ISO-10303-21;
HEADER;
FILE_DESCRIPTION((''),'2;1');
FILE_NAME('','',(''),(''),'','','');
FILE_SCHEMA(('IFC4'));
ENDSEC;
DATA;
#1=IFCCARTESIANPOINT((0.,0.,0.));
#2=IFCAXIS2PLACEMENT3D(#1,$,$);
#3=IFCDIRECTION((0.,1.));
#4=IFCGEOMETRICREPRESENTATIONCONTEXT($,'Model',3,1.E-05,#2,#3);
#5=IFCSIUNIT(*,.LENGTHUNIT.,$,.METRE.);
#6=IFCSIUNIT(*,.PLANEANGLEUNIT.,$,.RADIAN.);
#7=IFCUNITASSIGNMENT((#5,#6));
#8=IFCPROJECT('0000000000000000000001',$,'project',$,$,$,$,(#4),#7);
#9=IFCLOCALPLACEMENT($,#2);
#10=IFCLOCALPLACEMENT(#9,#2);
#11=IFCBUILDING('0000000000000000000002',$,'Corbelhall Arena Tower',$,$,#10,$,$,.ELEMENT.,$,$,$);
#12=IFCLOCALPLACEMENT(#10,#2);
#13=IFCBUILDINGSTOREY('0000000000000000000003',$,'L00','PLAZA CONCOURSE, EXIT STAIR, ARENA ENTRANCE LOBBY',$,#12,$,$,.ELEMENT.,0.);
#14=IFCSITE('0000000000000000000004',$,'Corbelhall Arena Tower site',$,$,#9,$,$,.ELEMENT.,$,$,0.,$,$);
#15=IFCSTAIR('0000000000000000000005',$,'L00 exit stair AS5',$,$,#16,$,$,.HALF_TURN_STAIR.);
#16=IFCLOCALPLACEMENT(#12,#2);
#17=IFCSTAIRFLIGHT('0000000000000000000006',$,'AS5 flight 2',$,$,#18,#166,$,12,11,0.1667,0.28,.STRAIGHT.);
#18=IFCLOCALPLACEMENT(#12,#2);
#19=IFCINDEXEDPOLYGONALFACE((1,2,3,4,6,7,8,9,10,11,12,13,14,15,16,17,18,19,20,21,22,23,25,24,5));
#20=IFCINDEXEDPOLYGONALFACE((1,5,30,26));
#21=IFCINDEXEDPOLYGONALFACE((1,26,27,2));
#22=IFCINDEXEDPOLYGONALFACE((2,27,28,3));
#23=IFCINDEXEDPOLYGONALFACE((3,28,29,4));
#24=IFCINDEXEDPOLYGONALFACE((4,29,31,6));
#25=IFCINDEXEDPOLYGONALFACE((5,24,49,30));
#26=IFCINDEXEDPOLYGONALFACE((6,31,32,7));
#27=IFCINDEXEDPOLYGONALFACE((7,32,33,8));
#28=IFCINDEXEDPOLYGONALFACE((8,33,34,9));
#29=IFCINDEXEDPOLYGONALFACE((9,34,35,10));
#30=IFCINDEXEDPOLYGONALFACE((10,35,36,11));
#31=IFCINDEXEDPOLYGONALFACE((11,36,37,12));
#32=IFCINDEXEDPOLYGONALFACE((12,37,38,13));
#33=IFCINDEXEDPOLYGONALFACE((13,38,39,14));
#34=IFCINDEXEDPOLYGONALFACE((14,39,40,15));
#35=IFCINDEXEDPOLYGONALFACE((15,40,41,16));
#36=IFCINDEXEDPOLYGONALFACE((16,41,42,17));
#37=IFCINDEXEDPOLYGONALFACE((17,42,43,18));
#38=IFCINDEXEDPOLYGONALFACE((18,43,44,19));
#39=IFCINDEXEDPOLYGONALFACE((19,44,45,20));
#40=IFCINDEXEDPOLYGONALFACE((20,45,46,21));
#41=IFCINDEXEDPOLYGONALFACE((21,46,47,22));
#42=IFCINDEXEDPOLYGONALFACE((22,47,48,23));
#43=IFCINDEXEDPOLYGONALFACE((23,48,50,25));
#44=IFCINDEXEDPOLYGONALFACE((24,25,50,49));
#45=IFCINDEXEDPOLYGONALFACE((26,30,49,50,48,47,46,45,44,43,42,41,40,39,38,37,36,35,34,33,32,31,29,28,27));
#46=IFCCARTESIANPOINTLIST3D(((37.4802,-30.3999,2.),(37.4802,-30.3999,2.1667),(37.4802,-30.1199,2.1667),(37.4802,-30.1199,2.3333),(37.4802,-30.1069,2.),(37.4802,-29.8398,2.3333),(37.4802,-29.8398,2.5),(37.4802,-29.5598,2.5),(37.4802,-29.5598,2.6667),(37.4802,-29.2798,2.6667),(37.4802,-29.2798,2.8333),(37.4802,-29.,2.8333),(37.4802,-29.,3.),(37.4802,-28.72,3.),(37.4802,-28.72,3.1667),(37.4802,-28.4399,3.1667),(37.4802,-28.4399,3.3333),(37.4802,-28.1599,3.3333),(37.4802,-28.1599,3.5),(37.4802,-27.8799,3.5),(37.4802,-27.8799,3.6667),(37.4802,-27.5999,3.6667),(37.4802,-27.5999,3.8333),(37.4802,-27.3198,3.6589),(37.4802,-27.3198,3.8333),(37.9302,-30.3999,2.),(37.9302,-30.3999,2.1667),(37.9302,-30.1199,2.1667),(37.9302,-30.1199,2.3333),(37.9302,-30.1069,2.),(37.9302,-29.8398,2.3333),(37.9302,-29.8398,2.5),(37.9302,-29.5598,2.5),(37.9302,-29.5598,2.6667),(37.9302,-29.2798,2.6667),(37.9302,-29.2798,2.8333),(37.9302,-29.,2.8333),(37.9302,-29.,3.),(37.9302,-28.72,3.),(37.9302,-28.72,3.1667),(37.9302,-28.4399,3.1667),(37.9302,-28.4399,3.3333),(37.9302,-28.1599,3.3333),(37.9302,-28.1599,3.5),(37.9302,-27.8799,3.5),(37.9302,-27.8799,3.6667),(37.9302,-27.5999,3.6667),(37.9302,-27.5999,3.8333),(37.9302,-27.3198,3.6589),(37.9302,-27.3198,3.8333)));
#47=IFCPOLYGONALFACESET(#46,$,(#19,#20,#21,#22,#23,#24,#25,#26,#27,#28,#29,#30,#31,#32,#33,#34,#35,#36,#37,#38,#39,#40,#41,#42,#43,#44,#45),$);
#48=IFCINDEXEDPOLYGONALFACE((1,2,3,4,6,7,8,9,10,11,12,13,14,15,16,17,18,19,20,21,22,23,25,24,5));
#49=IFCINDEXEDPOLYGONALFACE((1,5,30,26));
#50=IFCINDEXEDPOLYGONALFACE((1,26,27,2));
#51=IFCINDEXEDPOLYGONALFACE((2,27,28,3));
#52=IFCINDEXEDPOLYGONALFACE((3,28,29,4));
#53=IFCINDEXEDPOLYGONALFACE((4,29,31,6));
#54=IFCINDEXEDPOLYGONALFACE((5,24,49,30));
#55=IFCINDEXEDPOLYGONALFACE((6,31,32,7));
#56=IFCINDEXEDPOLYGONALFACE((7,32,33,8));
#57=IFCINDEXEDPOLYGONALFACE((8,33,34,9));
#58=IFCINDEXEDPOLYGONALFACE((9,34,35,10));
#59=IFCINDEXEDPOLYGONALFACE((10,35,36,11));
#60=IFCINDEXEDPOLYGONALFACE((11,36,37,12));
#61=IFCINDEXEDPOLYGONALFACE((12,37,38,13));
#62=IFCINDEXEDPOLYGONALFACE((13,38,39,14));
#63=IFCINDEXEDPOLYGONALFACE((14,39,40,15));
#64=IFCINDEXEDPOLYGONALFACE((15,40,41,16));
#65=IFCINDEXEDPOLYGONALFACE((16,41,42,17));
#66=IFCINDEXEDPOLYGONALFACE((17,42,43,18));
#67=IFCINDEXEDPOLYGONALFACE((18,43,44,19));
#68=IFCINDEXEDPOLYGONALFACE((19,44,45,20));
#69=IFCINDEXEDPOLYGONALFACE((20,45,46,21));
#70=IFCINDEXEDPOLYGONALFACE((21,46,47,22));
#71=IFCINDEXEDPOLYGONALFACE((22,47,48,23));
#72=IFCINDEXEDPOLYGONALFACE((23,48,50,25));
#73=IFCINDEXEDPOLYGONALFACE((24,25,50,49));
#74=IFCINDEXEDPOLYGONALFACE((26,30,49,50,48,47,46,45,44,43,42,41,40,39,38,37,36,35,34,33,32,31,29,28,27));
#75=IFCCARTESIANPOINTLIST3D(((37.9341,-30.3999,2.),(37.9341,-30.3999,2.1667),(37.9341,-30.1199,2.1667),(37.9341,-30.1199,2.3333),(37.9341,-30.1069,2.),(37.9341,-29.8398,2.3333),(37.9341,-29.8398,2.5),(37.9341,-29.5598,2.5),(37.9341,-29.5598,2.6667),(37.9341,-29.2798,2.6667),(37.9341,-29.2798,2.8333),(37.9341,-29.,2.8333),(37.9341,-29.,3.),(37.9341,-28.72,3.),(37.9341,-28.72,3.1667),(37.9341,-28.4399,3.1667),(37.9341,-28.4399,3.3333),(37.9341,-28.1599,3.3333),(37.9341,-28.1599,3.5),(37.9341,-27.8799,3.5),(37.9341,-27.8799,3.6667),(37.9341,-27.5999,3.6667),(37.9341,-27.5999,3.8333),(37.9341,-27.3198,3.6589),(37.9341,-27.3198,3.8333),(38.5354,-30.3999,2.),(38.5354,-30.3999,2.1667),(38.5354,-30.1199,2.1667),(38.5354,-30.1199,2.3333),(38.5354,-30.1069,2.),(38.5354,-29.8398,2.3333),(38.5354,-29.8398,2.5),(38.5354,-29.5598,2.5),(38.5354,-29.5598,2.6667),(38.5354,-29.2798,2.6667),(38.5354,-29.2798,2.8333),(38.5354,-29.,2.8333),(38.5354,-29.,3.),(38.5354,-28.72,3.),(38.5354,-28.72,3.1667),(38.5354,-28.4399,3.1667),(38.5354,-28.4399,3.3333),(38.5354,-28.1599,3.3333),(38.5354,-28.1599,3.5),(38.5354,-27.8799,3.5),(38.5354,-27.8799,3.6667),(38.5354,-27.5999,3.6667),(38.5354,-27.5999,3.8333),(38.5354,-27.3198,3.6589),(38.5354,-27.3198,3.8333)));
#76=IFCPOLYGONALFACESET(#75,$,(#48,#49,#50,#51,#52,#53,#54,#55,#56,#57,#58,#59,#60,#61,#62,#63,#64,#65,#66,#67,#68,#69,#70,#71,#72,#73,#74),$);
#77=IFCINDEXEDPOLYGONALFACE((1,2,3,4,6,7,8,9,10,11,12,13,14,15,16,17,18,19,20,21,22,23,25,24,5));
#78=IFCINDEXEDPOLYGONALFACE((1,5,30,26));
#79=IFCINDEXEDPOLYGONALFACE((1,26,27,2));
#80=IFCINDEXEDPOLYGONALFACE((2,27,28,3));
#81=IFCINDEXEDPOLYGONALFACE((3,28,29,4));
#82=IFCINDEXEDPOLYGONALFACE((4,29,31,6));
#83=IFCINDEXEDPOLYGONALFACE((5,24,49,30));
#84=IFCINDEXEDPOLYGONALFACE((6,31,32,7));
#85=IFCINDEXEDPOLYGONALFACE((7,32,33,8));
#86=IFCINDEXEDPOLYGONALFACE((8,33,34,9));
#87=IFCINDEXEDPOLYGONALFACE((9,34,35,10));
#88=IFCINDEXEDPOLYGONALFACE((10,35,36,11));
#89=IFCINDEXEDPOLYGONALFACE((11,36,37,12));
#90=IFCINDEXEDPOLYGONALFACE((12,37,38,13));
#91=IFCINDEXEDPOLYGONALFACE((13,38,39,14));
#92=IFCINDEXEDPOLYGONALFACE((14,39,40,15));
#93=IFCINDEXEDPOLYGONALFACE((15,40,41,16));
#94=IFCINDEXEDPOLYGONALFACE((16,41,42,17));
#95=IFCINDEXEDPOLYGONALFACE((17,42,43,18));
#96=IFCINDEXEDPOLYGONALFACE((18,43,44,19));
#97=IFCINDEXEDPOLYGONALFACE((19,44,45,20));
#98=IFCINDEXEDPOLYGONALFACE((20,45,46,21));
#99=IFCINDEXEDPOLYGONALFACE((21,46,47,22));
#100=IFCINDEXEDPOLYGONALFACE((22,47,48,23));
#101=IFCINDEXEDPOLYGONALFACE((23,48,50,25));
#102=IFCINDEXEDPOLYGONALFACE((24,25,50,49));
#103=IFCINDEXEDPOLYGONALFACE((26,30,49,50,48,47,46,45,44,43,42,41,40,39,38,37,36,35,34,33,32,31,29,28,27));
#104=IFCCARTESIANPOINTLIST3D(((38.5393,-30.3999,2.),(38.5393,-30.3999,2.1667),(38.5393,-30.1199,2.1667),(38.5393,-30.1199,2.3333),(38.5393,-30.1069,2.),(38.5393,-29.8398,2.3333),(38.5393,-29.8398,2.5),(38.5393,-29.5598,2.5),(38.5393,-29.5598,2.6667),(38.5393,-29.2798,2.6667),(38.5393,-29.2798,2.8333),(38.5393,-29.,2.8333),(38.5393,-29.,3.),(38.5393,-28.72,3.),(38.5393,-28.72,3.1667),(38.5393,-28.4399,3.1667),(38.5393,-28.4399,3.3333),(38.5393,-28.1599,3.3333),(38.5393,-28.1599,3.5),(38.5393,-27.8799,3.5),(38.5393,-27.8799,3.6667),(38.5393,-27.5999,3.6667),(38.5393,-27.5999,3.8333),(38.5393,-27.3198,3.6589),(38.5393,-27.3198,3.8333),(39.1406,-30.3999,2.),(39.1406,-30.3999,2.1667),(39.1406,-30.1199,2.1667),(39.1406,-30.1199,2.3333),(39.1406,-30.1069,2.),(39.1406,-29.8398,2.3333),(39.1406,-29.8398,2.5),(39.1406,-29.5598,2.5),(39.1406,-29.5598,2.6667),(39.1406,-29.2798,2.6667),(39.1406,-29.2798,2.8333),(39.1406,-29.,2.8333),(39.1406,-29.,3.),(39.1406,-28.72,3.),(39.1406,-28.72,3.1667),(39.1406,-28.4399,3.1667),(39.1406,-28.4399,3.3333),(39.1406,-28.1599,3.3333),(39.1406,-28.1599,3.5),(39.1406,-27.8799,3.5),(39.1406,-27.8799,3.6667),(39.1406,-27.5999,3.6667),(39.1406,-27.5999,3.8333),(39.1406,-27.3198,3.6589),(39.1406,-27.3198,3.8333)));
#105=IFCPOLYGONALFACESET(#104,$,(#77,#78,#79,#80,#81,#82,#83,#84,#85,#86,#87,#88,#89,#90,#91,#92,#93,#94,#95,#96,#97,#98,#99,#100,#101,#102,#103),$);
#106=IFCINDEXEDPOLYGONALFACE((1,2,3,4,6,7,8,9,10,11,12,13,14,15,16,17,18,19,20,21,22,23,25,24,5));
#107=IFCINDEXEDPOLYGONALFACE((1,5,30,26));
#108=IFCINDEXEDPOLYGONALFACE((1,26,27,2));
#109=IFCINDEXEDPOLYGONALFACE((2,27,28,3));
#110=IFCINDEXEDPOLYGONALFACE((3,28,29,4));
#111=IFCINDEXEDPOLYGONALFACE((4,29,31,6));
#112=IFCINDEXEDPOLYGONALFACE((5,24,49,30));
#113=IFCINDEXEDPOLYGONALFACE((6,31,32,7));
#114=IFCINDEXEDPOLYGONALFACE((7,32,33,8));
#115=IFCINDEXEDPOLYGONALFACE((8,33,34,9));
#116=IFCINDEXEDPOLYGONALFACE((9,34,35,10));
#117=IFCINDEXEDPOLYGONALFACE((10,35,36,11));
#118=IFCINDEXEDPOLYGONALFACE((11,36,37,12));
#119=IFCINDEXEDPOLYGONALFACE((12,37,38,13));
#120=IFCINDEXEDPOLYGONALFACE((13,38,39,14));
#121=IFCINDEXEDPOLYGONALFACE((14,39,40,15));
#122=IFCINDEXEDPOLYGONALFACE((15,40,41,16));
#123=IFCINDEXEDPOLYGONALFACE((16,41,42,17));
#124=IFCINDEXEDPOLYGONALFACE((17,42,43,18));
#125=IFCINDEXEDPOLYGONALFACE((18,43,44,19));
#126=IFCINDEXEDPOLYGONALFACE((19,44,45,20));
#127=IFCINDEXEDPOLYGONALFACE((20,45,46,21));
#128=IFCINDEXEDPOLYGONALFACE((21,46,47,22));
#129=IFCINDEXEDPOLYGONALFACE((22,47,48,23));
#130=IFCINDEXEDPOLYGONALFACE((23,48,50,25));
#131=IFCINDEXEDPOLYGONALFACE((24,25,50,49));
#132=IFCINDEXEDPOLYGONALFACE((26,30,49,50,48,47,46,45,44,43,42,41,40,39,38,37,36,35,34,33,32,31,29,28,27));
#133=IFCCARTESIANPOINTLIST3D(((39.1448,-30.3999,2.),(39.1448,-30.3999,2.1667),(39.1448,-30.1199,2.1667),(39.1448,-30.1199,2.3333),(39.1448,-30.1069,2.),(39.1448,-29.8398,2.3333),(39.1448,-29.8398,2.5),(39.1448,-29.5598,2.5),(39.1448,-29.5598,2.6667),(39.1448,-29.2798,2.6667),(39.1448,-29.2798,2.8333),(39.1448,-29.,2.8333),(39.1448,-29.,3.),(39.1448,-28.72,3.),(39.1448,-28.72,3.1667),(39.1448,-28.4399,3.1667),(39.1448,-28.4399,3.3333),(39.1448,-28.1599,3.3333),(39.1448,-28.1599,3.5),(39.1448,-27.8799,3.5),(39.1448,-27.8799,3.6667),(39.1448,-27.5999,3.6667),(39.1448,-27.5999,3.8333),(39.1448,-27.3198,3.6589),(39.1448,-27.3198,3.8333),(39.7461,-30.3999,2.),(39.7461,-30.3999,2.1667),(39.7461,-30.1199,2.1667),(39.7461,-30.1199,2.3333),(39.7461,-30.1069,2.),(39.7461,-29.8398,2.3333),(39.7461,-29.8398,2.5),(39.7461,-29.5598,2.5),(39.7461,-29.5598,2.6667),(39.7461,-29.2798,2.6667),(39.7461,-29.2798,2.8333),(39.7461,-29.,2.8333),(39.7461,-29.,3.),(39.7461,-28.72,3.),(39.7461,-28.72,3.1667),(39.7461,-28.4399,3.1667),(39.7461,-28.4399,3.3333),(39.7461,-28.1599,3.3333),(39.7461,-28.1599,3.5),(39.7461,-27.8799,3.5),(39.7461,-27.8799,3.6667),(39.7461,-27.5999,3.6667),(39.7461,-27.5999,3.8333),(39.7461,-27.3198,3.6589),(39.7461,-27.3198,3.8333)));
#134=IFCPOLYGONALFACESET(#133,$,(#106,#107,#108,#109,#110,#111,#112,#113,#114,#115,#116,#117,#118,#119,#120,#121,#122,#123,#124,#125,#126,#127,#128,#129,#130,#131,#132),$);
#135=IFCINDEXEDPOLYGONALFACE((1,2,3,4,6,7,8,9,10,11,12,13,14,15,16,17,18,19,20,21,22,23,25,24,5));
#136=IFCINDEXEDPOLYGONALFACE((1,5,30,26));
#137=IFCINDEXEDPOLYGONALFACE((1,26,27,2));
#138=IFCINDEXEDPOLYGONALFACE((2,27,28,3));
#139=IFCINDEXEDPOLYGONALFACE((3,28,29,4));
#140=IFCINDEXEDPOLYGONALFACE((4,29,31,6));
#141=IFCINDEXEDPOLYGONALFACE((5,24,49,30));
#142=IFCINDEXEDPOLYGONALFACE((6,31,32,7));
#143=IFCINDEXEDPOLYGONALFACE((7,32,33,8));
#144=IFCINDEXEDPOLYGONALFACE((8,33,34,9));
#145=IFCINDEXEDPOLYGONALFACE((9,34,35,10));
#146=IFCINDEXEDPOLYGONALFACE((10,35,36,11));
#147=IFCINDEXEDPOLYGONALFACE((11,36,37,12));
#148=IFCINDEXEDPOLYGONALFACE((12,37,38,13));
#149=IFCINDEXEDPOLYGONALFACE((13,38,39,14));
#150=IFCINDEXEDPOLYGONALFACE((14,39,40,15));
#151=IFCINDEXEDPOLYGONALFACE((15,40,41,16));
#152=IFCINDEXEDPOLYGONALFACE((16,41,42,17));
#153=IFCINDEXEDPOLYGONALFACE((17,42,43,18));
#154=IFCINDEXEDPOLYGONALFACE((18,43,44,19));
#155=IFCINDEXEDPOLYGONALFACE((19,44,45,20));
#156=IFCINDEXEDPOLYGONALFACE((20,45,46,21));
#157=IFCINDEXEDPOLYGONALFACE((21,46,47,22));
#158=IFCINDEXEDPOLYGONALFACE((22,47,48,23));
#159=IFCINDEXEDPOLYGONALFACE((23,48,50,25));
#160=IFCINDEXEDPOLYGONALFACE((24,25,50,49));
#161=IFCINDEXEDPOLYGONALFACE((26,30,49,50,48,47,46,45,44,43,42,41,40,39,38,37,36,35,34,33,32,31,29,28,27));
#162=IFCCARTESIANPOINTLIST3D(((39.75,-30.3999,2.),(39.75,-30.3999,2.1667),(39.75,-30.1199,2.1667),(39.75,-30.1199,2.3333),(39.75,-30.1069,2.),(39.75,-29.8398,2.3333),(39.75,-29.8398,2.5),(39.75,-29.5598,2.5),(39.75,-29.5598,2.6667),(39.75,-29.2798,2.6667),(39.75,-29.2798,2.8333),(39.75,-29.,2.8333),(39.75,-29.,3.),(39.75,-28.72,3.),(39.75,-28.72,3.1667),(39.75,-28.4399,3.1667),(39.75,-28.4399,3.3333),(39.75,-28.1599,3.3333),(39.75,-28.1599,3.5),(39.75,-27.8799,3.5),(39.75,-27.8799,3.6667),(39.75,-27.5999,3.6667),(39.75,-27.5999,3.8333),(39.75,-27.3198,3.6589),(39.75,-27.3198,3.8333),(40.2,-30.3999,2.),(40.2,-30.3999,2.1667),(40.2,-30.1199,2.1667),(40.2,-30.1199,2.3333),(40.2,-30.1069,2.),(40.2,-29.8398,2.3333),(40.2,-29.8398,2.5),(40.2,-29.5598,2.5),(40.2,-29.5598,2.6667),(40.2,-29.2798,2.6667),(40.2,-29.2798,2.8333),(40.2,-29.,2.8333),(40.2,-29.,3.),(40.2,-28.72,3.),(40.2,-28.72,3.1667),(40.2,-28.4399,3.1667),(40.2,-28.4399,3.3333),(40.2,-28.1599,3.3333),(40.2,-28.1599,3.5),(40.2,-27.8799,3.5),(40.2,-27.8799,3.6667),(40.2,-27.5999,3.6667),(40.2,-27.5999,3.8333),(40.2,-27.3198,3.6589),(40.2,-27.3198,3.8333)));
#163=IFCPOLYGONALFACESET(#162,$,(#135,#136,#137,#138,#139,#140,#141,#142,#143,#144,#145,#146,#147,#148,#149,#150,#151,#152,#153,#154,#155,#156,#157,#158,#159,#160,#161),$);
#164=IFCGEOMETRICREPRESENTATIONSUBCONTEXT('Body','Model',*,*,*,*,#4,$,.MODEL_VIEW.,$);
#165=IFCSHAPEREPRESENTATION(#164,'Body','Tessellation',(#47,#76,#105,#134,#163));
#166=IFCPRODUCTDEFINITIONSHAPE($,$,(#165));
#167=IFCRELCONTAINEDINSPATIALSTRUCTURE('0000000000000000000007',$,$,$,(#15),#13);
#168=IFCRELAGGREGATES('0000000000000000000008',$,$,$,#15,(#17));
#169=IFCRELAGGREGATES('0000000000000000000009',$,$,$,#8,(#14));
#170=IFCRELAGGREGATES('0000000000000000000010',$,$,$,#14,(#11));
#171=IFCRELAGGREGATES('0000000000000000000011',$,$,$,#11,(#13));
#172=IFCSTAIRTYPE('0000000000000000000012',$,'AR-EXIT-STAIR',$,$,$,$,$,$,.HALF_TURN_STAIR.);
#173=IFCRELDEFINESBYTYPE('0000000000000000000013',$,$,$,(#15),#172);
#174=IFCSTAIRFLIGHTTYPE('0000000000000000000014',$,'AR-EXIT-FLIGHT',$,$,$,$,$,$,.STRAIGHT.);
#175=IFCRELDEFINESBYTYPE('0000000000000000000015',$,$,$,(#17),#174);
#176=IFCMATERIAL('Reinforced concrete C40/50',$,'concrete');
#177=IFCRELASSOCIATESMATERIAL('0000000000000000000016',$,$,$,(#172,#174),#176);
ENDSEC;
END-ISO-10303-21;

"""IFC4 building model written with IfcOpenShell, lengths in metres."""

from ifc_helpers import new_model, si_unit, direction, frame, origin, place, context, subcontext, project, spatial, polyline, outline, extrude, material, type_object, element, aggregate, save


model = new_model("IFC4")

# Units and contexts
model_context = context("Model", 3, precision=1e-05, world=origin(), true_north=direction((0.0, 1.0)))
body_context = subcontext(model_context, "Body", "Model", "MODEL_VIEW")
ifc_project = project(units=[si_unit("LENGTHUNIT", "METRE"), si_unit("PLANEANGLEUNIT", "RADIAN")], contexts=[model_context])

# Site, building, storey
site_placement = place(None, origin())
site = spatial("IfcSite", under=ifc_project, at=site_placement, Name="Corbelhall Arena Tower site", CompositionType="ELEMENT", RefElevation=0.0)
building_placement = place(site_placement, origin())
building = spatial("IfcBuilding", under=site, at=building_placement, Name="Corbelhall Arena Tower", CompositionType="ELEMENT")
storey_placement = place(building_placement, origin())
storey = spatial("IfcBuildingStorey", under=building, at=storey_placement, Name="L00", Description="PLAZA CONCOURSE, EXIT STAIR, ARENA ENTRANCE LOBBY", CompositionType="ELEMENT", Elevation=0.0)

# Shared definitions
ifc_material_1 = material(Name="Reinforced concrete C40/50", Category="concrete")

# Stair, stair flight
stair_type = type_object("IfcStairType", Name="AR-EXIT-STAIR", PredefinedType="HALF_TURN_STAIR", material=ifc_material_1)
stair_1_placement = place(storey_placement, origin())
stair_1 = element("IfcStair", 1, at=stair_1_placement, inside=storey, type_object=stair_type, Name="L00 exit stair AS5", PredefinedType="HALF_TURN_STAIR")
stair_flight_type = type_object("IfcStairFlightType", Name="AR-EXIT-FLIGHT", PredefinedType="STRAIGHT", material=ifc_material_1)
stair_flight_1_placement = place(storey_placement, frame((38.8401, -30.3999, 2.0), z_axis=(0.0, 0.0, 1.0), x_axis=(0.0, 1.0, 0.0)))
stair_flight_1 = element("IfcStairFlight", 2, at=stair_flight_1_placement, type_object=stair_flight_type, Name="AS5 flight 2", NumberOfRisers=12, NumberOfTreads=11, PredefinedType="STRAIGHT", RiserHeight=0.1667, TreadLength=0.28, context=body_context, shape_type="SweptSolid", body=[
    extrude(outline(polyline([(0.0, 0.0), (0.0, 0.1667), (0.28, 0.1667), (0.28, 0.3333), (0.5601, 0.3333), (0.5601, 0.5), (0.8401, 0.5), (0.8401, 0.6667), (1.1201, 0.6667), (1.1201, 0.8333), (1.3999, 0.8333), (1.3999, 1.0), (1.6799, 1.0), (1.6799, 1.1667), (1.96, 1.1667), (1.96, 1.3333), (2.24, 1.3333), (2.24, 1.5), (2.52, 1.5), (2.52, 1.6667), (2.8, 1.6667), (2.8, 1.8333), (3.0801, 1.8333), (3.0801, 2.0), (3.0801, 1.6589), (0.293, 0.0), (0.0, 0.0)])), frame((0.0, 1.3599, 0.0), z_axis=(0.0, -1.0, 0.0), x_axis=(1.0, 0.0, 0.0)), (0.0, 0.0, 1.0), 0.45),
    extrude(outline(polyline([(0.0, 0.0), (0.0, 0.1667), (0.28, 0.1667), (0.28, 0.3333), (0.5601, 0.3333), (0.5601, 0.5), (0.8401, 0.5), (0.8401, 0.6667), (1.1201, 0.6667), (1.1201, 0.8333), (1.3999, 0.8333), (1.3999, 1.0), (1.6799, 1.0), (1.6799, 1.1667), (1.96, 1.1667), (1.96, 1.3333), (2.24, 1.3333), (2.24, 1.5), (2.52, 1.5), (2.52, 1.6667), (2.8, 1.6667), (2.8, 1.8333), (3.0801, 1.8333), (3.0801, 2.0), (3.0801, 1.6589), (0.293, 0.0), (0.0, 0.0)])), frame((0.0, 0.906, 0.0), z_axis=(0.0, -1.0, 0.0), x_axis=(1.0, 0.0, 0.0)), (0.0, 0.0, 1.0), 0.6013),
    extrude(outline(polyline([(0.0, 0.0), (0.0, 0.1667), (0.28, 0.1667), (0.28, 0.3333), (0.5601, 0.3333), (0.5601, 0.5), (0.8401, 0.5), (0.8401, 0.6667), (1.1201, 0.6667), (1.1201, 0.8333), (1.3999, 0.8333), (1.3999, 1.0), (1.6799, 1.0), (1.6799, 1.1667), (1.96, 1.1667), (1.96, 1.3333), (2.24, 1.3333), (2.24, 1.5), (2.52, 1.5), (2.52, 1.6667), (2.8, 1.6667), (2.8, 1.8333), (3.0801, 1.8333), (3.0801, 2.0), (3.0801, 1.6589), (0.293, 0.0), (0.0, 0.0)])), frame((0.0, 0.3008, 0.0), z_axis=(0.0, -1.0, 0.0), x_axis=(1.0, 0.0, 0.0)), (0.0, 0.0, 1.0), 0.6013),
    extrude(outline(polyline([(0.0, 0.0), (0.0, 0.1667), (0.28, 0.1667), (0.28, 0.3333), (0.5601, 0.3333), (0.5601, 0.5), (0.8401, 0.5), (0.8401, 0.6667), (1.1201, 0.6667), (1.1201, 0.8333), (1.3999, 0.8333), (1.3999, 1.0), (1.6799, 1.0), (1.6799, 1.1667), (1.96, 1.1667), (1.96, 1.3333), (2.24, 1.3333), (2.24, 1.5), (2.52, 1.5), (2.52, 1.6667), (2.8, 1.6667), (2.8, 1.8333), (3.0801, 1.8333), (3.0801, 2.0), (3.0801, 1.6589), (0.293, 0.0), (0.0, 0.0)])), frame((0.0, -0.3047, 0.0), z_axis=(0.0, -1.0, 0.0), x_axis=(1.0, 0.0, 0.0)), (0.0, 0.0, 1.0), 0.6013),
    extrude(outline(polyline([(0.0, 0.0), (0.0, 0.1667), (0.28, 0.1667), (0.28, 0.3333), (0.5601, 0.3333), (0.5601, 0.5), (0.8401, 0.5), (0.8401, 0.6667), (1.1201, 0.6667), (1.1201, 0.8333), (1.3999, 0.8333), (1.3999, 1.0), (1.6799, 1.0), (1.6799, 1.1667), (1.96, 1.1667), (1.96, 1.3333), (2.24, 1.3333), (2.24, 1.5), (2.52, 1.5), (2.52, 1.6667), (2.8, 1.6667), (2.8, 1.8333), (3.0801, 1.8333), (3.0801, 2.0), (3.0801, 1.6589), (0.293, 0.0), (0.0, 0.0)])), frame((0.0, -0.9099, 0.0), z_axis=(0.0, -1.0, 0.0), x_axis=(1.0, 0.0, 0.0)), (0.0, 0.0, 1.0), 0.45),
])
aggregate(stair_1, [stair_flight_1])

save(model, "model.ifc")
